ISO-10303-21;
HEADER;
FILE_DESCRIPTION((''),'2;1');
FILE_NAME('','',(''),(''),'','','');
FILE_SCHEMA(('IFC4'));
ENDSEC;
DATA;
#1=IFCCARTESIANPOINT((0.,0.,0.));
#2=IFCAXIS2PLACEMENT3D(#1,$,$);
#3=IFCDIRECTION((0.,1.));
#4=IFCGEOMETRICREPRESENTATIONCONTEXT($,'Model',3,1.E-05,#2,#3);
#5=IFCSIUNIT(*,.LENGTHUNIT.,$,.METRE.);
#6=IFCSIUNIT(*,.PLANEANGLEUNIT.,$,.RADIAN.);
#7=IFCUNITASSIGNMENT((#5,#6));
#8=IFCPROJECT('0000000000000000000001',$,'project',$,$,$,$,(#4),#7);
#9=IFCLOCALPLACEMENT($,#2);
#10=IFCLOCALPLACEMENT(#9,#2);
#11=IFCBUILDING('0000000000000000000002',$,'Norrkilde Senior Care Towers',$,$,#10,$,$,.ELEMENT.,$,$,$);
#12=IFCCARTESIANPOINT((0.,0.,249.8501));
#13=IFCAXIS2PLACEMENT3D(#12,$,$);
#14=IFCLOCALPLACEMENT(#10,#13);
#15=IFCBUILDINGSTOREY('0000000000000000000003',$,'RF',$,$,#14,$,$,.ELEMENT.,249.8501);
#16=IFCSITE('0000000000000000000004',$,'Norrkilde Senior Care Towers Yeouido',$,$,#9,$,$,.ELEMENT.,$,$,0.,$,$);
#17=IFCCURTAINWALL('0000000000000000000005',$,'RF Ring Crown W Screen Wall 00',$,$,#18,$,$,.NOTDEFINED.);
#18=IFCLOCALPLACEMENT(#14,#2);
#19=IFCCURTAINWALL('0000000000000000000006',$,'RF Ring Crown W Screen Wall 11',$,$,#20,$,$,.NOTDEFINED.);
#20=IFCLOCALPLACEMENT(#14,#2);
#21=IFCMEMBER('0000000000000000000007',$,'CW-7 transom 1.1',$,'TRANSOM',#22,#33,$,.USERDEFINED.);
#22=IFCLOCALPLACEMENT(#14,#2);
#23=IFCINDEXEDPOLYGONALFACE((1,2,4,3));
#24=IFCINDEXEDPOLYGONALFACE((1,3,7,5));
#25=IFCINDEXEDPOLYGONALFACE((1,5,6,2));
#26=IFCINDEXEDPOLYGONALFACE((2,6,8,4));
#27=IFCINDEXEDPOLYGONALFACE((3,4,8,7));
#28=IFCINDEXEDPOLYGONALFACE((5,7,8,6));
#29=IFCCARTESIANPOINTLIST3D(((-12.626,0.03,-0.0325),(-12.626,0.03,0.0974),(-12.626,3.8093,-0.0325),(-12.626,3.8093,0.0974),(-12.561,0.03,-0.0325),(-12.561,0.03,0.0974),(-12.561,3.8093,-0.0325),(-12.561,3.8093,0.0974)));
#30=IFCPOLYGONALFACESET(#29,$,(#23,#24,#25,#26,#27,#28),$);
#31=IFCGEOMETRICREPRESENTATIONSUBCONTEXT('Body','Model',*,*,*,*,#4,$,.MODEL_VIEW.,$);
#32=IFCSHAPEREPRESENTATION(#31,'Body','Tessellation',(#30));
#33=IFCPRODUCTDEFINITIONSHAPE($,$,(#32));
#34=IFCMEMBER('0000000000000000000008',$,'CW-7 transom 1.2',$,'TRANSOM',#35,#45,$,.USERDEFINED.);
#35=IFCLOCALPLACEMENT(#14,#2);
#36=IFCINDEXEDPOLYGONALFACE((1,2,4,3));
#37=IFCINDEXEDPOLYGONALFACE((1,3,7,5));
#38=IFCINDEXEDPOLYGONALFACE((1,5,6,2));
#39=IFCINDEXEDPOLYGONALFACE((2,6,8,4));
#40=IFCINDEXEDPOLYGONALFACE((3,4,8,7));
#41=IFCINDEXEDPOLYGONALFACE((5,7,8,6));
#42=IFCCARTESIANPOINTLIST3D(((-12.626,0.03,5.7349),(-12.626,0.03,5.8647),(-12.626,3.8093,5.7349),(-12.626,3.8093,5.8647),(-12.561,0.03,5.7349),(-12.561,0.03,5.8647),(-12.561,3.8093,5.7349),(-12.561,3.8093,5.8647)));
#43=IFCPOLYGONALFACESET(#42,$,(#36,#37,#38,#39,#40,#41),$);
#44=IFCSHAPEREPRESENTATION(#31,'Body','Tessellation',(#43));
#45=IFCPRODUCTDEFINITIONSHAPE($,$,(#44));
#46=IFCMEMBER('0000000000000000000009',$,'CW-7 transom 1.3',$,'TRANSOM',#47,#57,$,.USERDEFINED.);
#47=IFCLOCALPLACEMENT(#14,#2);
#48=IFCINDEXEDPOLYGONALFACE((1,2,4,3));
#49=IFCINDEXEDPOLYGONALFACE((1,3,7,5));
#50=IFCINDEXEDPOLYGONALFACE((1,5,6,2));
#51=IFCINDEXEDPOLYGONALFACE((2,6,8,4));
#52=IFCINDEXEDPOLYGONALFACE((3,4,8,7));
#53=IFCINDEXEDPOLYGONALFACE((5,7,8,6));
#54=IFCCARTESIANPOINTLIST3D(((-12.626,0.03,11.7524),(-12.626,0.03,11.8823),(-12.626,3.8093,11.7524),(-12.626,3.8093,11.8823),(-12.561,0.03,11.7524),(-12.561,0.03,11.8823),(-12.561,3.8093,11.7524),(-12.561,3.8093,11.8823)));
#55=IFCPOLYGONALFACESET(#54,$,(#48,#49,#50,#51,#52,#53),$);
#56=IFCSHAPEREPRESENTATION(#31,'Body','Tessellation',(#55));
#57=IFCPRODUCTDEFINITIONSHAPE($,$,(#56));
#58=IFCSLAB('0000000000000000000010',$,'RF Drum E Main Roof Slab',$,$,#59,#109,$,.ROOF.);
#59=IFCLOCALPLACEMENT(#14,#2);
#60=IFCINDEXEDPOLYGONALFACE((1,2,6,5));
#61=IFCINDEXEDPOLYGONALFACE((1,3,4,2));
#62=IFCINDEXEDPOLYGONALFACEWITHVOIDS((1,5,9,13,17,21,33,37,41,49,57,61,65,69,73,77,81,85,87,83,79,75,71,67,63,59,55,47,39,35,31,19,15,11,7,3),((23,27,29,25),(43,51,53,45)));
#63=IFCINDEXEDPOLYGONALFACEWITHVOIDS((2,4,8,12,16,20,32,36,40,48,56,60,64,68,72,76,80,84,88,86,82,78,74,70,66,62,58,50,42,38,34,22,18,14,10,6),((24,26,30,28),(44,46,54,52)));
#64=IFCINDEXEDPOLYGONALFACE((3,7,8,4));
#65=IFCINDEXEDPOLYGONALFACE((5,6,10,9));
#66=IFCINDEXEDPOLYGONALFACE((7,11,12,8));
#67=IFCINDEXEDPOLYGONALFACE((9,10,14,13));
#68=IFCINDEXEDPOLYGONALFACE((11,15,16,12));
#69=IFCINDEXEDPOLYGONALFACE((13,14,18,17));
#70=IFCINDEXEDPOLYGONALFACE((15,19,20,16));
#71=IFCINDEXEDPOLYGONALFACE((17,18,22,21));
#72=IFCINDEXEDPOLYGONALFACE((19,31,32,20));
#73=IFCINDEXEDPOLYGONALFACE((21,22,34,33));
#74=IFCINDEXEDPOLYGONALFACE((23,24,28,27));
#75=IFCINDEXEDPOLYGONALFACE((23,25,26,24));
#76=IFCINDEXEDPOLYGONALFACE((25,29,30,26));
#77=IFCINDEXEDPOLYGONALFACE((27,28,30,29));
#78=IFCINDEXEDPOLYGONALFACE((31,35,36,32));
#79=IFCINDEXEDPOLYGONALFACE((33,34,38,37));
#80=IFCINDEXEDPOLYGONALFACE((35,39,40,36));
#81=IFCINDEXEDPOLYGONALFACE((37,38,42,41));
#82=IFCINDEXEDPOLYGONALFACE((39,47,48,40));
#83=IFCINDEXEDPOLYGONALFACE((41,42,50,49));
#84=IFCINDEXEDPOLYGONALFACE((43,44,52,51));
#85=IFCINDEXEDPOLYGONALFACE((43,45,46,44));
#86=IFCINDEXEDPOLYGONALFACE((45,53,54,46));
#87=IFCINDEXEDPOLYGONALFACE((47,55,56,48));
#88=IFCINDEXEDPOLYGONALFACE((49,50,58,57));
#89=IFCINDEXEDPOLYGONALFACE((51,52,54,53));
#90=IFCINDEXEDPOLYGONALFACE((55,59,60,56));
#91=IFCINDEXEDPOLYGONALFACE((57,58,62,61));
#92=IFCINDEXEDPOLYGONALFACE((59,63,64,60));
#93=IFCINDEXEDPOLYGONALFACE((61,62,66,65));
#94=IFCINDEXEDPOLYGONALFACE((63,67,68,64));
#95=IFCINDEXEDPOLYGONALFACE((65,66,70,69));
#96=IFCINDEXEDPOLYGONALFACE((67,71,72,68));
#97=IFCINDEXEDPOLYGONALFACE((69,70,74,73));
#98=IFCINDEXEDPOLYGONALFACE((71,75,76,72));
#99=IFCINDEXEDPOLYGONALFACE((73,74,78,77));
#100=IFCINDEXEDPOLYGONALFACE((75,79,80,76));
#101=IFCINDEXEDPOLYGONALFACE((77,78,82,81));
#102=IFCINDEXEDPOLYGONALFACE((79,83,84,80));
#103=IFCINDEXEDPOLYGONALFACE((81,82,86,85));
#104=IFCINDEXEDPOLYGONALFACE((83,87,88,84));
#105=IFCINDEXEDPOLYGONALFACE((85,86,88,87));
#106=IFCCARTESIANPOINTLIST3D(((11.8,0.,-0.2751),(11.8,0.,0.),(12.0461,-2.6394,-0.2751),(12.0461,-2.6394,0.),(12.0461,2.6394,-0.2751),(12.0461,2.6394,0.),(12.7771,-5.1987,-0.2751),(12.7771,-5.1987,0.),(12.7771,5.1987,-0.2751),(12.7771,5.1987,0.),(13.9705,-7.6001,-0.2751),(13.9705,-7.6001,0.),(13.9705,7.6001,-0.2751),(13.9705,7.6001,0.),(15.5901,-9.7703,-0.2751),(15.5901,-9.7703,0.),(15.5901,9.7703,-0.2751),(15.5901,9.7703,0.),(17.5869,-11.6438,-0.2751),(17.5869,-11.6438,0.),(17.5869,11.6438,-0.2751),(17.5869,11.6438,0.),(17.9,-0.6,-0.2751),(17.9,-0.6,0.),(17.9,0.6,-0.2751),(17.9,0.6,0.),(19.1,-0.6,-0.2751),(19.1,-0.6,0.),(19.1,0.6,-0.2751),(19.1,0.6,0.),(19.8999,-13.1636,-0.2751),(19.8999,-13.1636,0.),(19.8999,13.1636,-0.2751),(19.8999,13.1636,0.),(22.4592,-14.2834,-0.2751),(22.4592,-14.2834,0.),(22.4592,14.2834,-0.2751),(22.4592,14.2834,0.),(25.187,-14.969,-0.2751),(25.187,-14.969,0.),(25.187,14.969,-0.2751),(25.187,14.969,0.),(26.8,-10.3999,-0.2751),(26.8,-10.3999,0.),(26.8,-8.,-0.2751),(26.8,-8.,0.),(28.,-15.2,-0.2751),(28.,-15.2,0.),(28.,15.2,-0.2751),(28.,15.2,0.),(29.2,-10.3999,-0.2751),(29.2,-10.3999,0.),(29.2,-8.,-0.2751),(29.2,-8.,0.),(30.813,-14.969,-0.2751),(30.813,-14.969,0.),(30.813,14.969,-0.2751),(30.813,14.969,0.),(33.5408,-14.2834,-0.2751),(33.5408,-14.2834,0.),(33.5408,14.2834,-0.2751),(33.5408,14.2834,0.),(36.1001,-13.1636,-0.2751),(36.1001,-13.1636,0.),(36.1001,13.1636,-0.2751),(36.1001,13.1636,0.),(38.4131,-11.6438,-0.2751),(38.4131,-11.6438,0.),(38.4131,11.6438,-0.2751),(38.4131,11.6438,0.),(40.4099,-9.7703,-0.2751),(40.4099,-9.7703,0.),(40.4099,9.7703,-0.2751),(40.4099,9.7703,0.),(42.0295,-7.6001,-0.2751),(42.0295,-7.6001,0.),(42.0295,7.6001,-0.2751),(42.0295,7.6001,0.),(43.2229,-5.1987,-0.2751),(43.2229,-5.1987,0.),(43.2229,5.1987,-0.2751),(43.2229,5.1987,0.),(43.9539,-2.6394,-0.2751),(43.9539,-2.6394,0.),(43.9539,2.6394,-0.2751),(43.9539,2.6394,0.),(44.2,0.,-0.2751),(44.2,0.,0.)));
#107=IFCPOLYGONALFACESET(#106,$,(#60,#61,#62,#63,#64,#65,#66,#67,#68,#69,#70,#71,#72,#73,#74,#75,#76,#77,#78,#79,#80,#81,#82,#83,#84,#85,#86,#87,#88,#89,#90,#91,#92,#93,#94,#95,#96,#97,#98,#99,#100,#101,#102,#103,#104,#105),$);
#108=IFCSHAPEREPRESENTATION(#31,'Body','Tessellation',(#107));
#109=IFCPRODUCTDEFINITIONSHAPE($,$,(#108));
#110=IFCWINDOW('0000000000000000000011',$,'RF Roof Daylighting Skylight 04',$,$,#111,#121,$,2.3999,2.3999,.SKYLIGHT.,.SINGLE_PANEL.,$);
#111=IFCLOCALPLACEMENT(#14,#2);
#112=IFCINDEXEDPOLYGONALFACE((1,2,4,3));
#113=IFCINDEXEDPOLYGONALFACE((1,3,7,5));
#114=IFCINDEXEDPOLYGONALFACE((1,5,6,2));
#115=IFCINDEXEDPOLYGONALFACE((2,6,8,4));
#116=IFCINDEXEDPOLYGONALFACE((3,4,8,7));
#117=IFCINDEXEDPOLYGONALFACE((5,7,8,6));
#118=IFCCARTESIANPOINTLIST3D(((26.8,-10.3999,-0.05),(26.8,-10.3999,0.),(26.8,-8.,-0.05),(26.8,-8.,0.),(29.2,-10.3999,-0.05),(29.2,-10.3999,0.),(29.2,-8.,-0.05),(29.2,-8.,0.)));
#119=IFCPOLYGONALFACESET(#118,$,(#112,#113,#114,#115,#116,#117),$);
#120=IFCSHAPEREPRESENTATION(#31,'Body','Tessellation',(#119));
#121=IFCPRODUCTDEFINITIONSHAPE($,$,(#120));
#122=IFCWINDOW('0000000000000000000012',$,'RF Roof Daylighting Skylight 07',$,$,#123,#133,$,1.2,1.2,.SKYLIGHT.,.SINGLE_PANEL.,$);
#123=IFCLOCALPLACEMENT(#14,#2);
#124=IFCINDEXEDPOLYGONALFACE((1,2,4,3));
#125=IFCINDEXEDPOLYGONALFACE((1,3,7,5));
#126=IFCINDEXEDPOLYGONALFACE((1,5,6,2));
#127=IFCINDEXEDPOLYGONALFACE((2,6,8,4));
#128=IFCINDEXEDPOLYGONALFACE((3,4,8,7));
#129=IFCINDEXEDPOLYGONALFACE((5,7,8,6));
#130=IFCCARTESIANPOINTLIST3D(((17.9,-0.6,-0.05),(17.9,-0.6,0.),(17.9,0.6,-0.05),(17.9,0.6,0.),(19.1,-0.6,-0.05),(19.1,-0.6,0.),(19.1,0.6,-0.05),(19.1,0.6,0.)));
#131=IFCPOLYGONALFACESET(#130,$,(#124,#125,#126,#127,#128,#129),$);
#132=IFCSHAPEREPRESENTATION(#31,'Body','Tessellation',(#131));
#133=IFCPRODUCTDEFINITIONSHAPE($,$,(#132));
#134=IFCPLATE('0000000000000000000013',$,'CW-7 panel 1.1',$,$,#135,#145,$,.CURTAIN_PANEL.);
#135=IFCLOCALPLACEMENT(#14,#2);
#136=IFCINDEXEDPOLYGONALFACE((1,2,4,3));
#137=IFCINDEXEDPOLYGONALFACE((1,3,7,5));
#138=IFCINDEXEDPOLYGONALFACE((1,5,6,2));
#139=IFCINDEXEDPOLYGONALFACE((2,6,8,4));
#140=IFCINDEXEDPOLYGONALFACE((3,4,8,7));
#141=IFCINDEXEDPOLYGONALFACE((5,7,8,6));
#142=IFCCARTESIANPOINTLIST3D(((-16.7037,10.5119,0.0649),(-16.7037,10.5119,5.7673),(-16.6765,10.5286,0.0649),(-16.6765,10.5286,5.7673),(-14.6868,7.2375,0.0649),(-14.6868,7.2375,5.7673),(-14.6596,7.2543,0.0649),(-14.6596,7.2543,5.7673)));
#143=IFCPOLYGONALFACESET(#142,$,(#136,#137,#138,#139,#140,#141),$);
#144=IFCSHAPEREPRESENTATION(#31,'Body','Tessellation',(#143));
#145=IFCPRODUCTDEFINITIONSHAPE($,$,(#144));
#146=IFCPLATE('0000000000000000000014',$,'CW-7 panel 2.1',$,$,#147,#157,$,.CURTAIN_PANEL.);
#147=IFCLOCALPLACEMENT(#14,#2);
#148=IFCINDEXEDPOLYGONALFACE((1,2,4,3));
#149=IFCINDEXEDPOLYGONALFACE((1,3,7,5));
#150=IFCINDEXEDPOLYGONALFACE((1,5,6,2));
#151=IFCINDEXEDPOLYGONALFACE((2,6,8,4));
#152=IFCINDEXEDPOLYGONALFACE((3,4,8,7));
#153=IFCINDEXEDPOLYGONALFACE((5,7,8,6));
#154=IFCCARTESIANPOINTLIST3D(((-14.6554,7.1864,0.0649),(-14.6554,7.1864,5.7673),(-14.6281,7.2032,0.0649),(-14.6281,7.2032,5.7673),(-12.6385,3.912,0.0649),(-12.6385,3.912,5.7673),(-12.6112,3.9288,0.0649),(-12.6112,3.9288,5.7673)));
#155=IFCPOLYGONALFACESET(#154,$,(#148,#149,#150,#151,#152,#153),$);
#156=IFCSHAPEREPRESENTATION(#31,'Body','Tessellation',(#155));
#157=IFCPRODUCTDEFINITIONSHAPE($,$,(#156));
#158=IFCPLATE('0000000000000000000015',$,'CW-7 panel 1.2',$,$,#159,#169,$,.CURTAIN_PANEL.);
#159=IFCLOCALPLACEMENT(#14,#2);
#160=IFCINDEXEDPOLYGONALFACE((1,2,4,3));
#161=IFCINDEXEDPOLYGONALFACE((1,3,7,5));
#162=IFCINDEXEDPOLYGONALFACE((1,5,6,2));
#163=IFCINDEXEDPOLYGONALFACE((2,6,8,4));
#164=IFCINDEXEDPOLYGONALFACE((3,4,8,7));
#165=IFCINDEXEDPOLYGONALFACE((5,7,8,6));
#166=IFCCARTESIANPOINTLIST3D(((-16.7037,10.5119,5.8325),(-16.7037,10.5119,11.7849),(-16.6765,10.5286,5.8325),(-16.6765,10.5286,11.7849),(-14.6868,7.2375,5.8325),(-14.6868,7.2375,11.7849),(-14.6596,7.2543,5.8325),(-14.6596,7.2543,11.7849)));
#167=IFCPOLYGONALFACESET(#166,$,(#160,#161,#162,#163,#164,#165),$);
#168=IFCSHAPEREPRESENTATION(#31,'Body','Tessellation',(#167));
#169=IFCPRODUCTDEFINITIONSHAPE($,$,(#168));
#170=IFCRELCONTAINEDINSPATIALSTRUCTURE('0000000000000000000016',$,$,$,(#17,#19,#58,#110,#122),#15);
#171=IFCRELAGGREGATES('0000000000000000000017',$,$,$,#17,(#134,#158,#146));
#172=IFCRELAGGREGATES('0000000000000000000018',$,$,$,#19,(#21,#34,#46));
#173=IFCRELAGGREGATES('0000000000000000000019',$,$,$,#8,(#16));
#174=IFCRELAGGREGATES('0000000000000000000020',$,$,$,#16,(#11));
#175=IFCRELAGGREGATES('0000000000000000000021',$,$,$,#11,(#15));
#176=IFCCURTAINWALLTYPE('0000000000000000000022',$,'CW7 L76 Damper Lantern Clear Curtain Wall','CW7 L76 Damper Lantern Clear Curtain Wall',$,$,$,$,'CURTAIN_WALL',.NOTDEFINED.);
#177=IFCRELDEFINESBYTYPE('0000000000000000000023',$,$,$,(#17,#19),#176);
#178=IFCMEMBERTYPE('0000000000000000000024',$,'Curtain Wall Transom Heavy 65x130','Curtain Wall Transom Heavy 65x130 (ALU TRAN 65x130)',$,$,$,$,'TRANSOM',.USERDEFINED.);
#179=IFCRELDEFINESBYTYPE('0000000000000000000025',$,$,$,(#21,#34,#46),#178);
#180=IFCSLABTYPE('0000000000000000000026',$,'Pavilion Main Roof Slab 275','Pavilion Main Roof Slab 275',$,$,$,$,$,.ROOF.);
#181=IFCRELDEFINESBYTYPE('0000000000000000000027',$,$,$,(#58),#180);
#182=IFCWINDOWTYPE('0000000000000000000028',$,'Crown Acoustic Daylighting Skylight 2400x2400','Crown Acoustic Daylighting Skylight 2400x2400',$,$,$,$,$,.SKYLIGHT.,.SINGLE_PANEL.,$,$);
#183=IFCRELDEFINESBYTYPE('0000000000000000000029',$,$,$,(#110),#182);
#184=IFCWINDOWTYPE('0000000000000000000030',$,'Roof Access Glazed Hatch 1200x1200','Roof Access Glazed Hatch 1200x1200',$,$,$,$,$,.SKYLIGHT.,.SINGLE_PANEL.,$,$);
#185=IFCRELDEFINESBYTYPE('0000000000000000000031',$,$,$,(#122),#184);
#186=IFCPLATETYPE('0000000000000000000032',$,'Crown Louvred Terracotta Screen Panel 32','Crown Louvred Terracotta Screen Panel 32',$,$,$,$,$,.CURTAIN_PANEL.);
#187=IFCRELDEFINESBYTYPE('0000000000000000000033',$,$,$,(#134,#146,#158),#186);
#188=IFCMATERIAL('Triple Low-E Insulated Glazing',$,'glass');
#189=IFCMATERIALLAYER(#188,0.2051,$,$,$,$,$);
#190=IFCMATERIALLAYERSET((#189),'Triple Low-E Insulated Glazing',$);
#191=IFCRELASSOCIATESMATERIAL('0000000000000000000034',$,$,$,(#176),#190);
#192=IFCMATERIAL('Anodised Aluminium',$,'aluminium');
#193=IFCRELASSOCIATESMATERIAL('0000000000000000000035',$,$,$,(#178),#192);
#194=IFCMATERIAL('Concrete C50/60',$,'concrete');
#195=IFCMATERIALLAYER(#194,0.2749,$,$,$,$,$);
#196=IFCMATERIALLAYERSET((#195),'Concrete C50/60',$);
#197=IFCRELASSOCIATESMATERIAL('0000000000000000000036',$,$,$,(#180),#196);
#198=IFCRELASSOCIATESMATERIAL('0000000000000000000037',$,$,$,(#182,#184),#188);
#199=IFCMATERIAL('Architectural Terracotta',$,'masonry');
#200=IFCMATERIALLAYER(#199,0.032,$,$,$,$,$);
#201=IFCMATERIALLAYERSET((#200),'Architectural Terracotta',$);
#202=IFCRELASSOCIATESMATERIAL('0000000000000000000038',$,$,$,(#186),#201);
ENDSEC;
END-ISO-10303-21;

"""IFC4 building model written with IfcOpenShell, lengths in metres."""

from ifc_helpers import new_model, si_unit, direction, frame, origin, origin_2d, place, context, subcontext, project, spatial, polyline, rectangle, outline, extrude, source, transform, mapped, material, layer, layer_set, material_profile, profile_set, type_object, element, fill, aggregate, save


model = new_model("IFC4")

# Units and contexts
model_context = context("Model", 3, precision=1e-05, world=origin(), true_north=direction((0.0, 1.0)))
body_context = subcontext(model_context, "Body", "Model", "MODEL_VIEW")
ifc_project = project(units=[si_unit("LENGTHUNIT", "METRE"), si_unit("PLANEANGLEUNIT", "RADIAN")], contexts=[model_context])

# Site, building, storey
site_placement = place(None, origin())
site = spatial("IfcSite", under=ifc_project, at=site_placement, Name="Norrkilde Senior Care Towers Yeouido", CompositionType="ELEMENT", RefElevation=0.0)
building_placement = place(site_placement, origin())
building = spatial("IfcBuilding", under=site, at=building_placement, Name="Norrkilde Senior Care Towers", CompositionType="ELEMENT")
storey_placement = place(building_placement, frame((0.0, 0.0, 249.8501)))
storey = spatial("IfcBuildingStorey", under=building, at=storey_placement, Name="RF", CompositionType="ELEMENT", Elevation=249.8501)

# Curtain wall
ifc_material_1 = material(Name="Triple Low-E Insulated Glazing", Category="glass")
ifc_layer_1 = layer(ifc_material_1, 0.2051)
ifc_layer_set_1 = layer_set([ifc_layer_1], Name="Triple Low-E Insulated Glazing")
curtain_wall_type = type_object("IfcCurtainWallType", Name="CW7 L76 Damper Lantern Clear Curtain Wall", Description="CW7 L76 Damper Lantern Clear Curtain Wall", ElementType="CURTAIN_WALL", PredefinedType="NOTDEFINED", material=ifc_layer_set_1)
curtain_wall_1_placement = place(storey_placement, origin())
curtain_wall_1 = element("IfcCurtainWall", 1, at=curtain_wall_1_placement, inside=storey, type_object=curtain_wall_type, Name="RF Ring Crown W Screen Wall 00", PredefinedType="NOTDEFINED")
ifc_material_2 = material(Name="Anodised Aluminium", Category="aluminium")

# Curtain wall
curtain_wall_2_placement = place(storey_placement, origin())
curtain_wall_2 = element("IfcCurtainWall", 2, at=curtain_wall_2_placement, inside=storey, type_object=curtain_wall_type, Name="RF Ring Crown W Screen Wall 11", PredefinedType="NOTDEFINED")

# Members
ifc_material_profile_1 = material_profile(ifc_material_2, rectangle(XDim=0.0649, YDim=0.1299, at=origin_2d()), Name="ALU TRAN 65x130")
ifc_profile_set_1 = profile_set([ifc_material_profile_1], Name="Anodised Aluminium")
member_type_1 = type_object("IfcMemberType", Name="Curtain Wall Transom Heavy 65x130", Description="Curtain Wall Transom Heavy 65x130 (ALU TRAN 65x130)", ElementType="TRANSOM", PredefinedType="USERDEFINED", material=ifc_profile_set_1)
shared_shape_1 = source(origin(), body_context, "Body", "SweptSolid", [
    extrude(rectangle(XDim=0.0649, YDim=0.1299, at=origin_2d()), origin(), (0.0, 0.0, 1.0), 3.7793),
])
member_1_placement = place(storey_placement, frame((-12.5935, 3.8093, 0.0325), z_axis=(0.0, -1.0, 0.0), x_axis=(1.0, 0.0, 0.0)))
member_1 = element("IfcMember", 3, at=member_1_placement, type_object=member_type_1, Name="CW-7 transom 1.1", ObjectType="TRANSOM", PredefinedType="USERDEFINED", context=body_context, shape_type="MappedRepresentation", body=[
    mapped(shared_shape_1, transform((0.0, 0.0, 0.0), x_axis=(1.0, 0.0, 0.0), y_axis=(0.0, 1.0, 0.0), z_axis=(0.0, 0.0, 1.0), scale=1.0)),
])
member_2_placement = place(storey_placement, frame((-12.5935, 3.8093, 5.7998), z_axis=(0.0, -1.0, 0.0), x_axis=(1.0, 0.0, 0.0)))
member_2 = element("IfcMember", 4, at=member_2_placement, type_object=member_type_1, Name="CW-7 transom 1.2", ObjectType="TRANSOM", PredefinedType="USERDEFINED", context=body_context, shape_type="MappedRepresentation", body=[
    mapped(shared_shape_1, transform((0.0, 0.0, 0.0), x_axis=(1.0, 0.0, 0.0), y_axis=(0.0, 1.0, 0.0), z_axis=(0.0, 0.0, 1.0), scale=1.0)),
])
member_3_placement = place(storey_placement, frame((-12.5935, 3.8093, 11.8174), z_axis=(0.0, -1.0, 0.0), x_axis=(1.0, 0.0, 0.0)))
member_3 = element("IfcMember", 5, at=member_3_placement, type_object=member_type_1, Name="CW-7 transom 1.3", ObjectType="TRANSOM", PredefinedType="USERDEFINED", context=body_context, shape_type="MappedRepresentation", body=[
    mapped(shared_shape_1, transform((0.0, 0.0, 0.0), x_axis=(1.0, 0.0, 0.0), y_axis=(0.0, 1.0, 0.0), z_axis=(0.0, 0.0, 1.0), scale=1.0)),
])

# Slab, openings, windows
ifc_material_3 = material(Name="Concrete C50/60", Category="concrete")
ifc_layer_2 = layer(ifc_material_3, 0.2749)
ifc_layer_set_2 = layer_set([ifc_layer_2], Name="Concrete C50/60")
slab_type = type_object("IfcSlabType", Name="Pavilion Main Roof Slab 275", Description="Pavilion Main Roof Slab 275", PredefinedType="ROOF", material=ifc_layer_set_2)
slab_placement = place(storey_placement, frame((0.0, 0.0, -0.2751)))
slab = element("IfcSlab", 6, at=slab_placement, inside=storey, type_object=slab_type, Name="RF Drum E Main Roof Slab", PredefinedType="ROOF", context=body_context, shape_type="SweptSolid", body=[
    extrude(outline(polyline([(44.2, 0.0), (43.9539, 2.6394), (43.2229, 5.1987), (42.0295, 7.6001), (40.4099, 9.7703), (38.4131, 11.6438), (36.1001, 13.1636), (33.5408, 14.2834), (30.813, 14.969), (28.0, 15.2), (25.187, 14.969), (22.4592, 14.2834), (19.8999, 13.1636), (17.5869, 11.6438), (15.5901, 9.7703), (13.9705, 7.6001), (12.7771, 5.1987), (12.0461, 2.6394), (11.8, 0.0), (12.0461, -2.6394), (12.7771, -5.1987), (13.9705, -7.6001), (15.5901, -9.7703), (17.5869, -11.6438), (19.8999, -13.1636), (22.4592, -14.2834), (25.187, -14.969), (28.0, -15.2), (30.813, -14.969), (33.5408, -14.2834), (36.1001, -13.1636), (38.4131, -11.6438), (40.4099, -9.7703), (42.0295, -7.6001), (43.2229, -5.1987), (43.9539, -2.6394), (44.2, 0.0)])), origin(), (0.0, 0.0, 1.0), 0.2751),
])
opening_1_placement = place(slab_placement, frame((28.0, -9.2, -0.01)))
opening_1 = element("IfcOpeningElement", 7, at=opening_1_placement, cuts=slab, PredefinedType="OPENING", context=body_context, shape_type="SweptSolid", body=[
    extrude(rectangle(XDim=2.3999, YDim=2.3999, at=origin_2d()), origin(), (0.0, 0.0, 1.0), 0.2952),
])
opening_2_placement = place(slab_placement, frame((18.5, 0.0, -0.01)))
opening_2 = element("IfcOpeningElement", 8, at=opening_2_placement, cuts=slab, PredefinedType="OPENING", context=body_context, shape_type="SweptSolid", body=[
    extrude(rectangle(XDim=1.2, YDim=1.2, at=origin_2d()), origin(), (0.0, 0.0, 1.0), 0.2952),
])
window_type_1 = type_object("IfcWindowType", Name="Crown Acoustic Daylighting Skylight 2400x2400", Description="Crown Acoustic Daylighting Skylight 2400x2400", PartitioningType="SINGLE_PANEL", PredefinedType="SKYLIGHT", material=ifc_material_1)
window_1_placement = place(slab_placement, frame((28.0, -9.2, 0.2251)))
window_1 = element("IfcWindow", 9, at=window_1_placement, inside=storey, type_object=window_type_1, Name="RF Roof Daylighting Skylight 04", OverallHeight=2.3999, OverallWidth=2.3999, PartitioningType="SINGLE_PANEL", PredefinedType="SKYLIGHT", context=body_context, shape_type="SweptSolid", body=[
    extrude(rectangle(XDim=2.3999, YDim=2.3999, at=origin_2d()), origin(), (0.0, 0.0, 1.0), 0.05),
])
fill(opening_1, window_1)
window_type_2 = type_object("IfcWindowType", Name="Roof Access Glazed Hatch 1200x1200", Description="Roof Access Glazed Hatch 1200x1200", PartitioningType="SINGLE_PANEL", PredefinedType="SKYLIGHT", material=ifc_material_1)
window_2_placement = place(slab_placement, frame((18.5, 0.0, 0.2251)))
window_2 = element("IfcWindow", 10, at=window_2_placement, inside=storey, type_object=window_type_2, Name="RF Roof Daylighting Skylight 07", OverallHeight=1.2, OverallWidth=1.2, PartitioningType="SINGLE_PANEL", PredefinedType="SKYLIGHT", context=body_context, shape_type="SweptSolid", body=[
    extrude(rectangle(XDim=1.2, YDim=1.2, at=origin_2d()), origin(), (0.0, 0.0, 1.0), 0.05),
])
fill(opening_2, window_2)

# Plates
ifc_material_4 = material(Name="Architectural Terracotta", Category="masonry")
ifc_layer_3 = layer(ifc_material_4, 0.032)
ifc_layer_set_3 = layer_set([ifc_layer_3], Name="Architectural Terracotta")
plate_type = type_object("IfcPlateType", Name="Crown Louvred Terracotta Screen Panel 32", Description="Crown Louvred Terracotta Screen Panel 32", PredefinedType="CURTAIN_PANEL", material=ifc_layer_set_3)
shared_shape_2 = source(origin(), body_context, "Body", "SweptSolid", [
    extrude(rectangle(XDim=3.8457, YDim=0.032, at=origin_2d()), origin(), (0.0, 0.0, 1.0), 5.7024),
])
plate_1_placement = place(storey_placement, frame((-15.6816, 8.8831, 0.0649), z_axis=(0.0, 0.0, 1.0), x_axis=(0.524458, -0.851436, 0.0)))
plate_1 = element("IfcPlate", 11, at=plate_1_placement, type_object=plate_type, Name="CW-7 panel 1.1", PredefinedType="CURTAIN_PANEL", context=body_context, shape_type="MappedRepresentation", body=[
    mapped(shared_shape_2, transform((0.0, 0.0, 0.0), x_axis=(1.0, 0.0, 0.0), y_axis=(0.0, 1.0, 0.0), z_axis=(0.0, 0.0, 1.0), scale=1.0)),
])
plate_2_placement = place(storey_placement, frame((-13.6333, 5.5576, 0.0649), z_axis=(0.0, 0.0, 1.0), x_axis=(0.524458, -0.851436, 0.0)))
plate_2 = element("IfcPlate", 12, at=plate_2_placement, type_object=plate_type, Name="CW-7 panel 2.1", PredefinedType="CURTAIN_PANEL", context=body_context, shape_type="MappedRepresentation", body=[
    mapped(shared_shape_2, transform((0.0, 0.0, 0.0), x_axis=(1.0, 0.0, 0.0), y_axis=(0.0, 1.0, 0.0), z_axis=(0.0, 0.0, 1.0), scale=1.0)),
])
shared_shape_3 = source(origin(), body_context, "Body", "SweptSolid", [
    extrude(rectangle(XDim=3.8457, YDim=0.032, at=origin_2d()), origin(), (0.0, 0.0, 1.0), 5.9524),
])
plate_3_placement = place(storey_placement, frame((-15.6816, 8.8831, 5.8325), z_axis=(0.0, 0.0, 1.0), x_axis=(0.524458, -0.851436, 0.0)))
plate_3 = element("IfcPlate", 13, at=plate_3_placement, type_object=plate_type, Name="CW-7 panel 1.2", PredefinedType="CURTAIN_PANEL", context=body_context, shape_type="MappedRepresentation", body=[
    mapped(shared_shape_3, transform((0.0, 0.0, 0.0), x_axis=(1.0, 0.0, 0.0), y_axis=(0.0, 1.0, 0.0), z_axis=(0.0, 0.0, 1.0), scale=1.0)),
])
aggregate(curtain_wall_1, [plate_1, plate_3, plate_2])
aggregate(curtain_wall_2, [member_1, member_2, member_3])

save(model, "model.ifc")
